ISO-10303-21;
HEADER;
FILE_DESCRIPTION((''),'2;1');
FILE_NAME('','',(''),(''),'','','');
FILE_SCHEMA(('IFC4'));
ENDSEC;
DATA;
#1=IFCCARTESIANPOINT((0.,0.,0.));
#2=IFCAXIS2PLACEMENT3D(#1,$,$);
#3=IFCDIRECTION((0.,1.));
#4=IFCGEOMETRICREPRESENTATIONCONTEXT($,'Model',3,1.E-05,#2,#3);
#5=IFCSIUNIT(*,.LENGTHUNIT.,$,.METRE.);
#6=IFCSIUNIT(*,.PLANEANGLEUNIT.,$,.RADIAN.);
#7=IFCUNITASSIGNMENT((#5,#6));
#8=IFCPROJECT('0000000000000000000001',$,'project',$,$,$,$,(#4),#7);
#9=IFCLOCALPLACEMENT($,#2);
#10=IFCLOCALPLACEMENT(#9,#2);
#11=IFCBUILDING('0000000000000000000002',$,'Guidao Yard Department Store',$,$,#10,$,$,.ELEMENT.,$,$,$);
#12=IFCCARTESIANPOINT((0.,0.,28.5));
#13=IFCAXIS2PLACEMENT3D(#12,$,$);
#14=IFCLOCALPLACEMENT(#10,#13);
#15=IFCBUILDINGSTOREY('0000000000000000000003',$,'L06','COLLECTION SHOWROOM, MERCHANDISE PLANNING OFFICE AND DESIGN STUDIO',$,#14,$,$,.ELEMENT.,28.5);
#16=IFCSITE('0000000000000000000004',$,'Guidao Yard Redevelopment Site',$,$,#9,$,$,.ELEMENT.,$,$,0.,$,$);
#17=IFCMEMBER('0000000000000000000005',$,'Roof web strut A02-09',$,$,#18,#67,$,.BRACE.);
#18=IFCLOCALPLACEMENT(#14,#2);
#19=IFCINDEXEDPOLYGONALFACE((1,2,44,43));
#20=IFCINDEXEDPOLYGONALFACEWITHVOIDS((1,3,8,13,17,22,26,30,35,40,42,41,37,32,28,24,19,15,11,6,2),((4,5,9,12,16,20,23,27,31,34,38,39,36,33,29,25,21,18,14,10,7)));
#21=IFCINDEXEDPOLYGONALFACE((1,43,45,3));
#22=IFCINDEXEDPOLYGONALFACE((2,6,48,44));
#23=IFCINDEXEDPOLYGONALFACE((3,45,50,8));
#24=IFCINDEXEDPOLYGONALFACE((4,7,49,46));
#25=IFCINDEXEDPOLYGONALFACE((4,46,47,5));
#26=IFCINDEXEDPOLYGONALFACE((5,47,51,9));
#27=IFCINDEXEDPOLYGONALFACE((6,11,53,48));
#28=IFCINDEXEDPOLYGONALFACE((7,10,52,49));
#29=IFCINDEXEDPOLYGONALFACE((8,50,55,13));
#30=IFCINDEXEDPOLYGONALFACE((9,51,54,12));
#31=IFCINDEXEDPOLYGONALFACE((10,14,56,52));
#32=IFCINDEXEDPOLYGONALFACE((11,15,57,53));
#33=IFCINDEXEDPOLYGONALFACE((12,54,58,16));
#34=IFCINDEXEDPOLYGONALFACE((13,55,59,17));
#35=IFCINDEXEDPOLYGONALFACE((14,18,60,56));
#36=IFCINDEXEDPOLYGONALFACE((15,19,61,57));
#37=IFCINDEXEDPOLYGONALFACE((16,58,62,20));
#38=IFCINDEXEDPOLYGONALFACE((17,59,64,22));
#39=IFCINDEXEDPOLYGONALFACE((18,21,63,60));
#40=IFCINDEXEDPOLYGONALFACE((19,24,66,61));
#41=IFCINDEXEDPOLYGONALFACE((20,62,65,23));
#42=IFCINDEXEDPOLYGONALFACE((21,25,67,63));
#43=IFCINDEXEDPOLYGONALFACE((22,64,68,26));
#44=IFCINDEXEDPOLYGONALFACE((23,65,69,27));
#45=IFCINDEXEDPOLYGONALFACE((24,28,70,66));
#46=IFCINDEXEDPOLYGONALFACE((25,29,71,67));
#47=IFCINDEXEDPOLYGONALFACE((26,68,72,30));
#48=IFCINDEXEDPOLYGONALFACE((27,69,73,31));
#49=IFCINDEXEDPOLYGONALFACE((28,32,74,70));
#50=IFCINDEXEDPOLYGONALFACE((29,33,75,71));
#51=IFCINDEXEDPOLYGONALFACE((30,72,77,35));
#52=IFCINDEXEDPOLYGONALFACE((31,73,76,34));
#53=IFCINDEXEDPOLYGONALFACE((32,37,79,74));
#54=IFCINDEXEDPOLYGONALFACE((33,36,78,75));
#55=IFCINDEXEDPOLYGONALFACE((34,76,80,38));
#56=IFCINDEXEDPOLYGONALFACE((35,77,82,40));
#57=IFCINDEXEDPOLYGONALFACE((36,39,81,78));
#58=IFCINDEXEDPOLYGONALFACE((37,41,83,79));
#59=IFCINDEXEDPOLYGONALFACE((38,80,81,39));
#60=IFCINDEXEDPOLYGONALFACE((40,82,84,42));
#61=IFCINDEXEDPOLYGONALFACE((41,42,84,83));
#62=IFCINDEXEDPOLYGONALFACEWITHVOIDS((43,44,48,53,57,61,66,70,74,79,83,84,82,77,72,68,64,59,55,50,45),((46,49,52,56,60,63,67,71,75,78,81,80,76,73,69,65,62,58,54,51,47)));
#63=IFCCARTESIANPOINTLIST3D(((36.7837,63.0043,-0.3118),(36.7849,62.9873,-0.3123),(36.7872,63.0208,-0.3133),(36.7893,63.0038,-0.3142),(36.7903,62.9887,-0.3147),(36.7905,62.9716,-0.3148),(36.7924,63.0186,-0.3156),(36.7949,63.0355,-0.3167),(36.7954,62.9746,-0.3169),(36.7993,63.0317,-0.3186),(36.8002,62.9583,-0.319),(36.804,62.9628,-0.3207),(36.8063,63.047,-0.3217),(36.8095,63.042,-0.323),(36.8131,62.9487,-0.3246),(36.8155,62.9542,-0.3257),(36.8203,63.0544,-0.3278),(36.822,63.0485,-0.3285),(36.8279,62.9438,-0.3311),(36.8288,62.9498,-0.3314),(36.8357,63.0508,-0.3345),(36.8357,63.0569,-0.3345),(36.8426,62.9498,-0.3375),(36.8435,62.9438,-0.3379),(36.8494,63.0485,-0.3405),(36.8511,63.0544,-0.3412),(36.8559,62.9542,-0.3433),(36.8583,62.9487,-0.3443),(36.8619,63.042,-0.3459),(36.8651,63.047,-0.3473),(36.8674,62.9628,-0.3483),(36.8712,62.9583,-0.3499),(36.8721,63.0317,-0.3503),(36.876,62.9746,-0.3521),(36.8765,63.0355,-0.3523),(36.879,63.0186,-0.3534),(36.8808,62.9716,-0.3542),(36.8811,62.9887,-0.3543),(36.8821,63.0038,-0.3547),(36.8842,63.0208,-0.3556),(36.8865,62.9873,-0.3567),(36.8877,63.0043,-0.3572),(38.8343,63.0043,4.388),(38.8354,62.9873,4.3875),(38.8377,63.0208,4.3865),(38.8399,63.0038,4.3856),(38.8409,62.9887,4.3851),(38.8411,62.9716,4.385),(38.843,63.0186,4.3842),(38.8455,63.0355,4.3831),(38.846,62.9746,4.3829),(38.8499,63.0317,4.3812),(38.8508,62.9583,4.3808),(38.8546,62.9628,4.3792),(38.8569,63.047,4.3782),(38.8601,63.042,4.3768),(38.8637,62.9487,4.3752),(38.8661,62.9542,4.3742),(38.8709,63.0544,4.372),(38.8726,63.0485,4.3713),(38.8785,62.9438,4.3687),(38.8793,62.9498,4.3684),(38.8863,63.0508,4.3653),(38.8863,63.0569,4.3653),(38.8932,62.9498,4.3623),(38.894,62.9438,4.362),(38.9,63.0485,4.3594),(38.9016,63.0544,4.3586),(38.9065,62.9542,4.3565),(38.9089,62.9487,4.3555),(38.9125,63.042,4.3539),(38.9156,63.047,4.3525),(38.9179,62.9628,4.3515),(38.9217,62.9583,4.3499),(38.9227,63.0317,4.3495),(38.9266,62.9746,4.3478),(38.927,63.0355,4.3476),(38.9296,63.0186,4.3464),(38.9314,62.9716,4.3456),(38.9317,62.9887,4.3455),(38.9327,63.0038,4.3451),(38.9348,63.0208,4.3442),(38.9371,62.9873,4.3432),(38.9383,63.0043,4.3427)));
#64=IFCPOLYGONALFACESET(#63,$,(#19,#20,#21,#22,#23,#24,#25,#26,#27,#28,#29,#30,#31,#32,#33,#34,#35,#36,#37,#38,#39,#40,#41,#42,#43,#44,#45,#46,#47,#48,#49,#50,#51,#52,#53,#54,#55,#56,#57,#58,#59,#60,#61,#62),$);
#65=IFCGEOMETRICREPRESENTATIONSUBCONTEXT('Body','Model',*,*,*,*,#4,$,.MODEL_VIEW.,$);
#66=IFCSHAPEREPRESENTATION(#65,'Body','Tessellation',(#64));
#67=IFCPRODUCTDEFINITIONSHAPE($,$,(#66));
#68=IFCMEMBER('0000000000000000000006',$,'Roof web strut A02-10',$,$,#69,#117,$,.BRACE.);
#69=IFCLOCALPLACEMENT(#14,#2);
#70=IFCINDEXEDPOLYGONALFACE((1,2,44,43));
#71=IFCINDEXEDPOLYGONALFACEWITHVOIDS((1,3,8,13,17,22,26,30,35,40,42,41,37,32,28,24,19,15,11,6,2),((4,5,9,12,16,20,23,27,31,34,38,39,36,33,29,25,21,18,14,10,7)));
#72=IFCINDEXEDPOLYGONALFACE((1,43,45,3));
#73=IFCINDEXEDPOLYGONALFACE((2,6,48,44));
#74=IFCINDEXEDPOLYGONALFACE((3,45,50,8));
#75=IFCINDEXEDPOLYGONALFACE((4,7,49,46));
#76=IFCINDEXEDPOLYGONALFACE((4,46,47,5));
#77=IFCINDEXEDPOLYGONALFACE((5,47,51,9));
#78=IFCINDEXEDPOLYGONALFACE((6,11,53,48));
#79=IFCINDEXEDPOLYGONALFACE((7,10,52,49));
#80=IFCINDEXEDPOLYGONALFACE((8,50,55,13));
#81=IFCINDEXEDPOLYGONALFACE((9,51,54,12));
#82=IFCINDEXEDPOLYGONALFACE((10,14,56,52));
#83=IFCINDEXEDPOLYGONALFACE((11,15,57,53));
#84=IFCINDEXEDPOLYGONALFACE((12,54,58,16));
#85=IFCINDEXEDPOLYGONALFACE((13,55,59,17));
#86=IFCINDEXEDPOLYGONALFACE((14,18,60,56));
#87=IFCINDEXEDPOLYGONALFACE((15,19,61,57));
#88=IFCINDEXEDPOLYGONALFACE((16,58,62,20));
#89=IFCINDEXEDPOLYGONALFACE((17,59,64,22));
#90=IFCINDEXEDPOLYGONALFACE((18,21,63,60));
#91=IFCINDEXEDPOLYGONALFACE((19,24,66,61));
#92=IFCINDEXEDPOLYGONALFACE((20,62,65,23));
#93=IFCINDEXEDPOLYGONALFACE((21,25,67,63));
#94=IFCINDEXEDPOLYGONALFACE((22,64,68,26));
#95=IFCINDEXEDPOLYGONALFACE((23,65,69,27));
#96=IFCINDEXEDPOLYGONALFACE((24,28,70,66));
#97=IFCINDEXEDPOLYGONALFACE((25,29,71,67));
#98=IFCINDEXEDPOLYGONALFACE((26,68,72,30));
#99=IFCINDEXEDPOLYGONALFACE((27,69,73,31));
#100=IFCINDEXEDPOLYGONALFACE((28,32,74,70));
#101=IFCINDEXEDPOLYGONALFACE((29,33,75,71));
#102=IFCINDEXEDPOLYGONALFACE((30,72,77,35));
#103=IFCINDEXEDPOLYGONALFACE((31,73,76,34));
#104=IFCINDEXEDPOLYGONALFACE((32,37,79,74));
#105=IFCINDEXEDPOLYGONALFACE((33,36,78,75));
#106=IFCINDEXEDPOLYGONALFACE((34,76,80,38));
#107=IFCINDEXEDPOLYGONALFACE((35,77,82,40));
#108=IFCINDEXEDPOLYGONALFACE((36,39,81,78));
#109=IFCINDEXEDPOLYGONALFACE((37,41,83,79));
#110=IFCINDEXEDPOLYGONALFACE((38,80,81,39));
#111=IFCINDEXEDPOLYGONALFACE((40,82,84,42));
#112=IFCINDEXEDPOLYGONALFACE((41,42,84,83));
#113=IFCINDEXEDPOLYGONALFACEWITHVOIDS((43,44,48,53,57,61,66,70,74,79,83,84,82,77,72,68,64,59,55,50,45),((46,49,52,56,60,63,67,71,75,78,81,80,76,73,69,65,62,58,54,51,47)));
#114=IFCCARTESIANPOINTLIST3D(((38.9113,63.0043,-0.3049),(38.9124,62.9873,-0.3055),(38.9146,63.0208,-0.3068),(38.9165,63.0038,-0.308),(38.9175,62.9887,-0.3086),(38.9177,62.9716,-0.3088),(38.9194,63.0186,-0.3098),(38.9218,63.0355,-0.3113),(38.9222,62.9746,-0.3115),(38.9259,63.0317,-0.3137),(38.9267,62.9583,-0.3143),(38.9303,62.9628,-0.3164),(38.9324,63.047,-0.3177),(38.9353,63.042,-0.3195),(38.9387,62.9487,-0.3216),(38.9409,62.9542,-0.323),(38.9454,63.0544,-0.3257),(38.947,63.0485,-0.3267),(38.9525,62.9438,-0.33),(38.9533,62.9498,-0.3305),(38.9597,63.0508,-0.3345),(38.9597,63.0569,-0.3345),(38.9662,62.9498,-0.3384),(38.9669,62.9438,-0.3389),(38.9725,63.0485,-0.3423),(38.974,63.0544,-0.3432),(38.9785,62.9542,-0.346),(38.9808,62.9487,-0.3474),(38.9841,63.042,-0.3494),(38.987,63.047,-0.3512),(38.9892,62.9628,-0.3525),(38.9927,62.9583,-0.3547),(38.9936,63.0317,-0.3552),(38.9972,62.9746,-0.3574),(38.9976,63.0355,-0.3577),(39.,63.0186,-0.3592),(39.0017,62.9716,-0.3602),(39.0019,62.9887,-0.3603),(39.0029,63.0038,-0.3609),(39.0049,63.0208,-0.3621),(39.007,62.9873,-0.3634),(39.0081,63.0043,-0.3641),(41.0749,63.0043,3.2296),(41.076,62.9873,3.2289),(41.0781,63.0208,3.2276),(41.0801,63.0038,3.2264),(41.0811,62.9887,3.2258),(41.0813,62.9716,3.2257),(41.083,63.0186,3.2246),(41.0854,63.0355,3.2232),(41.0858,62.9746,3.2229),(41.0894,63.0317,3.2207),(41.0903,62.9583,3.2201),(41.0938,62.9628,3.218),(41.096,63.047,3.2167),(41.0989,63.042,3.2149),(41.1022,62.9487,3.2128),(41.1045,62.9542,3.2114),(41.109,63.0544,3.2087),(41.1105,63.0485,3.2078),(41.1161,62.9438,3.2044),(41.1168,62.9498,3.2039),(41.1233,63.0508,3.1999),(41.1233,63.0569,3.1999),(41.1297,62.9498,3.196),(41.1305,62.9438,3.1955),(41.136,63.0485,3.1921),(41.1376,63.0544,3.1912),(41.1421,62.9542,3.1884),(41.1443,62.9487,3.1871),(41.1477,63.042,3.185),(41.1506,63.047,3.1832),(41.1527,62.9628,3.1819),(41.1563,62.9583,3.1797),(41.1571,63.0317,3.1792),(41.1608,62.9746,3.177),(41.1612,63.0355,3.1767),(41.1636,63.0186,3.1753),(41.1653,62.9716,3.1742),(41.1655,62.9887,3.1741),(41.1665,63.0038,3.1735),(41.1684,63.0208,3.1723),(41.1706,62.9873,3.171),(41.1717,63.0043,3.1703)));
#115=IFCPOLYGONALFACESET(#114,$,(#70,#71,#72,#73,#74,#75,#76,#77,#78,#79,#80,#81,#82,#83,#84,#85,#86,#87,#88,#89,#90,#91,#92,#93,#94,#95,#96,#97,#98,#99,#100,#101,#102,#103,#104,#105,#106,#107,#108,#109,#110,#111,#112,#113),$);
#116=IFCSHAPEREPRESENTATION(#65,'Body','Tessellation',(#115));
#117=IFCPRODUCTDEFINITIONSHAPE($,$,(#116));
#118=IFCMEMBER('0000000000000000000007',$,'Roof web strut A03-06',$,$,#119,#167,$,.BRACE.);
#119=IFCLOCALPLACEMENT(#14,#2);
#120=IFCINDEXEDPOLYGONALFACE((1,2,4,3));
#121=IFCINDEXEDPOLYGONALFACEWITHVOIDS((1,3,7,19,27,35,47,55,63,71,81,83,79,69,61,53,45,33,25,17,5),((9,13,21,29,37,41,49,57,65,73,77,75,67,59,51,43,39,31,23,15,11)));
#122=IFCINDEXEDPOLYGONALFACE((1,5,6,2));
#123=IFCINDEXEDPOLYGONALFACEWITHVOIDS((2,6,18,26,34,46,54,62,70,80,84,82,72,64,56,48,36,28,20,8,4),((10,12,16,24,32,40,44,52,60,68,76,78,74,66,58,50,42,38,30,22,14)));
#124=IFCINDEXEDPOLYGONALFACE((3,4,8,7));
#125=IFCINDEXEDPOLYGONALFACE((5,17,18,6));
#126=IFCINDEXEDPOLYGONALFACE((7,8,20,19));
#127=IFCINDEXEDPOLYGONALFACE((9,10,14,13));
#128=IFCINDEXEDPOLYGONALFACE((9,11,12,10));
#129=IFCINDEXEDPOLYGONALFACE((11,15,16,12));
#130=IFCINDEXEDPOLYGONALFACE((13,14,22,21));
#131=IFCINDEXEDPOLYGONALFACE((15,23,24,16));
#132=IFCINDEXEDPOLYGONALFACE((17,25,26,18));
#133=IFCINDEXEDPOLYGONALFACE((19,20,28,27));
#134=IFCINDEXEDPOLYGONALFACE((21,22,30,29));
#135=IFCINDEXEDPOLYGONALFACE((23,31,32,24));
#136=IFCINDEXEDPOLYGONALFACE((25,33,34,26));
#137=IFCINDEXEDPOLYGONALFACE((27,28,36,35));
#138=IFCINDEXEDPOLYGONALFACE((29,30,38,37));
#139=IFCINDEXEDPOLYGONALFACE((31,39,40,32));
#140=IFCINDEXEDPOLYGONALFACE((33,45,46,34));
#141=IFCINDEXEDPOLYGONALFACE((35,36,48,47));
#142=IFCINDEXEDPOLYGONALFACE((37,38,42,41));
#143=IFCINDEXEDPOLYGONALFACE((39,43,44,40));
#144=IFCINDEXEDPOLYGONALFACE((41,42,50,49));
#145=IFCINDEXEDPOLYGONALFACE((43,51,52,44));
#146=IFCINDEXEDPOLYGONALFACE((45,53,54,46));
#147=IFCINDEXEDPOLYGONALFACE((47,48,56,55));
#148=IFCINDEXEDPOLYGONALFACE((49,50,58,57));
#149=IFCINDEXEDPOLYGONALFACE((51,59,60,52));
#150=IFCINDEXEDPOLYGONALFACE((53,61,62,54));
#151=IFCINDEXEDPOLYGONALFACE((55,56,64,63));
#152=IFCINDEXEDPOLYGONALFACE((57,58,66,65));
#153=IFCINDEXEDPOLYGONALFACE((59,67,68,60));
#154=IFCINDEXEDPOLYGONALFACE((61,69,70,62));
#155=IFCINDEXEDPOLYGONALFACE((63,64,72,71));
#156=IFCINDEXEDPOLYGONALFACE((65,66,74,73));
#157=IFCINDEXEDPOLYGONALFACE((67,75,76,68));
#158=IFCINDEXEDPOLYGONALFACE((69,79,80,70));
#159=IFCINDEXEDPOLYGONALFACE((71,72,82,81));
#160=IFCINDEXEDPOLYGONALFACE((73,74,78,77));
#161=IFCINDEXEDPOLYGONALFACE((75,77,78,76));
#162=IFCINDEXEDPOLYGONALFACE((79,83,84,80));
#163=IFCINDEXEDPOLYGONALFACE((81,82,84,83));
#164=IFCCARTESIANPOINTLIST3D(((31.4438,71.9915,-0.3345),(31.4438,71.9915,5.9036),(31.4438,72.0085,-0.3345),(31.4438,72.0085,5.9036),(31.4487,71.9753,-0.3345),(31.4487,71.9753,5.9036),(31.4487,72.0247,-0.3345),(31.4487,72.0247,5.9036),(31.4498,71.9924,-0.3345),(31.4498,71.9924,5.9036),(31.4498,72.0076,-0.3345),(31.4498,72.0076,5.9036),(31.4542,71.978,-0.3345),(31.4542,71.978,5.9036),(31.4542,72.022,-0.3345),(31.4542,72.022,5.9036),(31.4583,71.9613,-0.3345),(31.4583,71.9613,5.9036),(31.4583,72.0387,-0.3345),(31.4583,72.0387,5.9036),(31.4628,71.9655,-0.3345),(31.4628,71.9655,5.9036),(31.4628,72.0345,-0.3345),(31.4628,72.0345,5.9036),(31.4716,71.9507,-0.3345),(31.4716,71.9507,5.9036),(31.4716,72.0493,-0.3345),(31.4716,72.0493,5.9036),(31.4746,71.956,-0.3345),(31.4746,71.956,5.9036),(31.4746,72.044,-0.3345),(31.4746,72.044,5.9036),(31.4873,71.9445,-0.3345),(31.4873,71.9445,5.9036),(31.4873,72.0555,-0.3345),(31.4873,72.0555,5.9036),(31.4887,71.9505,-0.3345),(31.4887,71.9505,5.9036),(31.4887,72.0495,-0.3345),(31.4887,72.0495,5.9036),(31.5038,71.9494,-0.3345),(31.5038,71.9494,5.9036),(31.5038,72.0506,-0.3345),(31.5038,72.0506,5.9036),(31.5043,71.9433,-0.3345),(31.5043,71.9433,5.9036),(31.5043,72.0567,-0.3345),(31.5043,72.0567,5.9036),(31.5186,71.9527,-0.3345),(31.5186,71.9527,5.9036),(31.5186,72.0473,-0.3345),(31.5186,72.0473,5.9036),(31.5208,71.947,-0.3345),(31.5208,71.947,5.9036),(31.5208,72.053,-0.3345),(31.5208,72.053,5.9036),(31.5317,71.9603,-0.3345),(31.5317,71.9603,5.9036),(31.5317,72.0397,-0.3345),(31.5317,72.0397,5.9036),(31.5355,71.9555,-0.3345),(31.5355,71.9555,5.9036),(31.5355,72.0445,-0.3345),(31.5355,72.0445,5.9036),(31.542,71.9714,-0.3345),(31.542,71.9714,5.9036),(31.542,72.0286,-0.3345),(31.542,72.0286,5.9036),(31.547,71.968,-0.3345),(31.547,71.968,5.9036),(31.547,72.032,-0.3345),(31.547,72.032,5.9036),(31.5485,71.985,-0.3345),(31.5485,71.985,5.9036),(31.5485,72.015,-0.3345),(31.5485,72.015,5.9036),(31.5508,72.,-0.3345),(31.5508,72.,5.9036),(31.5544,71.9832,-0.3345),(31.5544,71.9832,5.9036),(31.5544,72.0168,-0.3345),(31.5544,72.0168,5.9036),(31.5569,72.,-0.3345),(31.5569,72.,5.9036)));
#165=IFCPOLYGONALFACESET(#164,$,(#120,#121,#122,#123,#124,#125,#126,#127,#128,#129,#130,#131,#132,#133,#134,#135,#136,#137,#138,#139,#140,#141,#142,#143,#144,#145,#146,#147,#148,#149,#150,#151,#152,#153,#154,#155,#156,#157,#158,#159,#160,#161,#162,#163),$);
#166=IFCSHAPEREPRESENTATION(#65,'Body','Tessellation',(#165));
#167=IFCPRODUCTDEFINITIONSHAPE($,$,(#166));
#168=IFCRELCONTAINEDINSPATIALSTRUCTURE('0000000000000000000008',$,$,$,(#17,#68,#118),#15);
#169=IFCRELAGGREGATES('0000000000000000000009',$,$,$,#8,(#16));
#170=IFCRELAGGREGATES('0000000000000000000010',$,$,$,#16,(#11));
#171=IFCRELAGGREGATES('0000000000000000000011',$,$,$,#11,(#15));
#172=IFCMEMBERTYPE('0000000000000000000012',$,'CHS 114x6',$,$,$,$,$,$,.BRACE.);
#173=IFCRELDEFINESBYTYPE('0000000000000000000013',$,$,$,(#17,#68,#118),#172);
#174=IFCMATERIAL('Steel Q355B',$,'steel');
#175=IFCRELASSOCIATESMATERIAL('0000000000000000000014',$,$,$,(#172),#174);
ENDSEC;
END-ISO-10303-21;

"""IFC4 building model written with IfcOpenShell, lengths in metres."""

from ifc_helpers import new_model, si_unit, direction, frame, origin, origin_2d, place, context, subcontext, project, spatial, hollow_circle, extrude, material, material_profile, profile_set, type_object, element, save


model = new_model("IFC4")

# Units and contexts
model_context = context("Model", 3, precision=1e-05, world=origin(), true_north=direction((0.0, 1.0)))
body_context = subcontext(model_context, "Body", "Model", "MODEL_VIEW")
ifc_project = project(units=[si_unit("LENGTHUNIT", "METRE"), si_unit("PLANEANGLEUNIT", "RADIAN")], contexts=[model_context])

# Site, building, storey
site_placement = place(None, origin())
site = spatial("IfcSite", under=ifc_project, at=site_placement, Name="Guidao Yard Redevelopment Site", CompositionType="ELEMENT", RefElevation=0.0)
building_placement = place(site_placement, origin())
building = spatial("IfcBuilding", under=site, at=building_placement, Name="Guidao Yard Department Store", CompositionType="ELEMENT")
storey_placement = place(building_placement, frame((0.0, 0.0, 28.5)))
storey = spatial("IfcBuildingStorey", under=building, at=storey_placement, Name="L06", Description="COLLECTION SHOWROOM, MERCHANDISE PLANNING OFFICE AND DESIGN STUDIO", CompositionType="ELEMENT", Elevation=28.5)

# Members
ifc_material_1 = material(Name="Steel Q355B", Category="steel")
ifc_material_profile_1 = material_profile(ifc_material_1, hollow_circle(Radius=0.0569, WallThickness=0.0061, at=origin_2d()), Name="CHS 114x6")
ifc_profile_set_1 = profile_set([ifc_material_profile_1], Name="Steel Q355B")
member_type_1 = type_object("IfcMemberType", Name="CHS 114x6", PredefinedType="BRACE", material=ifc_profile_set_1)
member_1_placement = place(storey_placement, frame((36.8357, 63.0, -0.3345), z_axis=(0.399904, 0.0, 0.916557), x_axis=(0.0, 1.0, 0.0)))
element("IfcMember", 1, at=member_1_placement, inside=storey, type_object=member_type_1, Name="Roof web strut A02-09", PredefinedType="BRACE", context=body_context, shape_type="SweptSolid", body=[
    extrude(hollow_circle(Radius=0.0569, WallThickness=0.0061, at=origin_2d()), origin(), (0.0, 0.0, 1.0), 5.1277),
])
member_2_placement = place(storey_placement, frame((38.9597, 63.0, -0.3345), z_axis=(0.522091, 0.0, 0.85289), x_axis=(0.0, 1.0, 0.0)))
element("IfcMember", 2, at=member_2_placement, inside=storey, type_object=member_type_1, Name="Roof web strut A02-10", PredefinedType="BRACE", context=body_context, shape_type="SweptSolid", body=[
    extrude(hollow_circle(Radius=0.0569, WallThickness=0.0061, at=origin_2d()), origin(), (0.0, 0.0, 1.0), 4.144),
])
member_3_placement = place(storey_placement, frame((31.5, 72.0, -0.3345), z_axis=(0.0, 0.0, 1.0), x_axis=(1.0, 0.0, 0.0)))
element("IfcMember", 3, at=member_3_placement, inside=storey, type_object=member_type_1, Name="Roof web strut A03-06", PredefinedType="BRACE", context=body_context, shape_type="SweptSolid", body=[
    extrude(hollow_circle(Radius=0.0569, WallThickness=0.0061, at=origin_2d()), origin(), (0.0, 0.0, 1.0), 6.238),
])

save(model, "model.ifc")
